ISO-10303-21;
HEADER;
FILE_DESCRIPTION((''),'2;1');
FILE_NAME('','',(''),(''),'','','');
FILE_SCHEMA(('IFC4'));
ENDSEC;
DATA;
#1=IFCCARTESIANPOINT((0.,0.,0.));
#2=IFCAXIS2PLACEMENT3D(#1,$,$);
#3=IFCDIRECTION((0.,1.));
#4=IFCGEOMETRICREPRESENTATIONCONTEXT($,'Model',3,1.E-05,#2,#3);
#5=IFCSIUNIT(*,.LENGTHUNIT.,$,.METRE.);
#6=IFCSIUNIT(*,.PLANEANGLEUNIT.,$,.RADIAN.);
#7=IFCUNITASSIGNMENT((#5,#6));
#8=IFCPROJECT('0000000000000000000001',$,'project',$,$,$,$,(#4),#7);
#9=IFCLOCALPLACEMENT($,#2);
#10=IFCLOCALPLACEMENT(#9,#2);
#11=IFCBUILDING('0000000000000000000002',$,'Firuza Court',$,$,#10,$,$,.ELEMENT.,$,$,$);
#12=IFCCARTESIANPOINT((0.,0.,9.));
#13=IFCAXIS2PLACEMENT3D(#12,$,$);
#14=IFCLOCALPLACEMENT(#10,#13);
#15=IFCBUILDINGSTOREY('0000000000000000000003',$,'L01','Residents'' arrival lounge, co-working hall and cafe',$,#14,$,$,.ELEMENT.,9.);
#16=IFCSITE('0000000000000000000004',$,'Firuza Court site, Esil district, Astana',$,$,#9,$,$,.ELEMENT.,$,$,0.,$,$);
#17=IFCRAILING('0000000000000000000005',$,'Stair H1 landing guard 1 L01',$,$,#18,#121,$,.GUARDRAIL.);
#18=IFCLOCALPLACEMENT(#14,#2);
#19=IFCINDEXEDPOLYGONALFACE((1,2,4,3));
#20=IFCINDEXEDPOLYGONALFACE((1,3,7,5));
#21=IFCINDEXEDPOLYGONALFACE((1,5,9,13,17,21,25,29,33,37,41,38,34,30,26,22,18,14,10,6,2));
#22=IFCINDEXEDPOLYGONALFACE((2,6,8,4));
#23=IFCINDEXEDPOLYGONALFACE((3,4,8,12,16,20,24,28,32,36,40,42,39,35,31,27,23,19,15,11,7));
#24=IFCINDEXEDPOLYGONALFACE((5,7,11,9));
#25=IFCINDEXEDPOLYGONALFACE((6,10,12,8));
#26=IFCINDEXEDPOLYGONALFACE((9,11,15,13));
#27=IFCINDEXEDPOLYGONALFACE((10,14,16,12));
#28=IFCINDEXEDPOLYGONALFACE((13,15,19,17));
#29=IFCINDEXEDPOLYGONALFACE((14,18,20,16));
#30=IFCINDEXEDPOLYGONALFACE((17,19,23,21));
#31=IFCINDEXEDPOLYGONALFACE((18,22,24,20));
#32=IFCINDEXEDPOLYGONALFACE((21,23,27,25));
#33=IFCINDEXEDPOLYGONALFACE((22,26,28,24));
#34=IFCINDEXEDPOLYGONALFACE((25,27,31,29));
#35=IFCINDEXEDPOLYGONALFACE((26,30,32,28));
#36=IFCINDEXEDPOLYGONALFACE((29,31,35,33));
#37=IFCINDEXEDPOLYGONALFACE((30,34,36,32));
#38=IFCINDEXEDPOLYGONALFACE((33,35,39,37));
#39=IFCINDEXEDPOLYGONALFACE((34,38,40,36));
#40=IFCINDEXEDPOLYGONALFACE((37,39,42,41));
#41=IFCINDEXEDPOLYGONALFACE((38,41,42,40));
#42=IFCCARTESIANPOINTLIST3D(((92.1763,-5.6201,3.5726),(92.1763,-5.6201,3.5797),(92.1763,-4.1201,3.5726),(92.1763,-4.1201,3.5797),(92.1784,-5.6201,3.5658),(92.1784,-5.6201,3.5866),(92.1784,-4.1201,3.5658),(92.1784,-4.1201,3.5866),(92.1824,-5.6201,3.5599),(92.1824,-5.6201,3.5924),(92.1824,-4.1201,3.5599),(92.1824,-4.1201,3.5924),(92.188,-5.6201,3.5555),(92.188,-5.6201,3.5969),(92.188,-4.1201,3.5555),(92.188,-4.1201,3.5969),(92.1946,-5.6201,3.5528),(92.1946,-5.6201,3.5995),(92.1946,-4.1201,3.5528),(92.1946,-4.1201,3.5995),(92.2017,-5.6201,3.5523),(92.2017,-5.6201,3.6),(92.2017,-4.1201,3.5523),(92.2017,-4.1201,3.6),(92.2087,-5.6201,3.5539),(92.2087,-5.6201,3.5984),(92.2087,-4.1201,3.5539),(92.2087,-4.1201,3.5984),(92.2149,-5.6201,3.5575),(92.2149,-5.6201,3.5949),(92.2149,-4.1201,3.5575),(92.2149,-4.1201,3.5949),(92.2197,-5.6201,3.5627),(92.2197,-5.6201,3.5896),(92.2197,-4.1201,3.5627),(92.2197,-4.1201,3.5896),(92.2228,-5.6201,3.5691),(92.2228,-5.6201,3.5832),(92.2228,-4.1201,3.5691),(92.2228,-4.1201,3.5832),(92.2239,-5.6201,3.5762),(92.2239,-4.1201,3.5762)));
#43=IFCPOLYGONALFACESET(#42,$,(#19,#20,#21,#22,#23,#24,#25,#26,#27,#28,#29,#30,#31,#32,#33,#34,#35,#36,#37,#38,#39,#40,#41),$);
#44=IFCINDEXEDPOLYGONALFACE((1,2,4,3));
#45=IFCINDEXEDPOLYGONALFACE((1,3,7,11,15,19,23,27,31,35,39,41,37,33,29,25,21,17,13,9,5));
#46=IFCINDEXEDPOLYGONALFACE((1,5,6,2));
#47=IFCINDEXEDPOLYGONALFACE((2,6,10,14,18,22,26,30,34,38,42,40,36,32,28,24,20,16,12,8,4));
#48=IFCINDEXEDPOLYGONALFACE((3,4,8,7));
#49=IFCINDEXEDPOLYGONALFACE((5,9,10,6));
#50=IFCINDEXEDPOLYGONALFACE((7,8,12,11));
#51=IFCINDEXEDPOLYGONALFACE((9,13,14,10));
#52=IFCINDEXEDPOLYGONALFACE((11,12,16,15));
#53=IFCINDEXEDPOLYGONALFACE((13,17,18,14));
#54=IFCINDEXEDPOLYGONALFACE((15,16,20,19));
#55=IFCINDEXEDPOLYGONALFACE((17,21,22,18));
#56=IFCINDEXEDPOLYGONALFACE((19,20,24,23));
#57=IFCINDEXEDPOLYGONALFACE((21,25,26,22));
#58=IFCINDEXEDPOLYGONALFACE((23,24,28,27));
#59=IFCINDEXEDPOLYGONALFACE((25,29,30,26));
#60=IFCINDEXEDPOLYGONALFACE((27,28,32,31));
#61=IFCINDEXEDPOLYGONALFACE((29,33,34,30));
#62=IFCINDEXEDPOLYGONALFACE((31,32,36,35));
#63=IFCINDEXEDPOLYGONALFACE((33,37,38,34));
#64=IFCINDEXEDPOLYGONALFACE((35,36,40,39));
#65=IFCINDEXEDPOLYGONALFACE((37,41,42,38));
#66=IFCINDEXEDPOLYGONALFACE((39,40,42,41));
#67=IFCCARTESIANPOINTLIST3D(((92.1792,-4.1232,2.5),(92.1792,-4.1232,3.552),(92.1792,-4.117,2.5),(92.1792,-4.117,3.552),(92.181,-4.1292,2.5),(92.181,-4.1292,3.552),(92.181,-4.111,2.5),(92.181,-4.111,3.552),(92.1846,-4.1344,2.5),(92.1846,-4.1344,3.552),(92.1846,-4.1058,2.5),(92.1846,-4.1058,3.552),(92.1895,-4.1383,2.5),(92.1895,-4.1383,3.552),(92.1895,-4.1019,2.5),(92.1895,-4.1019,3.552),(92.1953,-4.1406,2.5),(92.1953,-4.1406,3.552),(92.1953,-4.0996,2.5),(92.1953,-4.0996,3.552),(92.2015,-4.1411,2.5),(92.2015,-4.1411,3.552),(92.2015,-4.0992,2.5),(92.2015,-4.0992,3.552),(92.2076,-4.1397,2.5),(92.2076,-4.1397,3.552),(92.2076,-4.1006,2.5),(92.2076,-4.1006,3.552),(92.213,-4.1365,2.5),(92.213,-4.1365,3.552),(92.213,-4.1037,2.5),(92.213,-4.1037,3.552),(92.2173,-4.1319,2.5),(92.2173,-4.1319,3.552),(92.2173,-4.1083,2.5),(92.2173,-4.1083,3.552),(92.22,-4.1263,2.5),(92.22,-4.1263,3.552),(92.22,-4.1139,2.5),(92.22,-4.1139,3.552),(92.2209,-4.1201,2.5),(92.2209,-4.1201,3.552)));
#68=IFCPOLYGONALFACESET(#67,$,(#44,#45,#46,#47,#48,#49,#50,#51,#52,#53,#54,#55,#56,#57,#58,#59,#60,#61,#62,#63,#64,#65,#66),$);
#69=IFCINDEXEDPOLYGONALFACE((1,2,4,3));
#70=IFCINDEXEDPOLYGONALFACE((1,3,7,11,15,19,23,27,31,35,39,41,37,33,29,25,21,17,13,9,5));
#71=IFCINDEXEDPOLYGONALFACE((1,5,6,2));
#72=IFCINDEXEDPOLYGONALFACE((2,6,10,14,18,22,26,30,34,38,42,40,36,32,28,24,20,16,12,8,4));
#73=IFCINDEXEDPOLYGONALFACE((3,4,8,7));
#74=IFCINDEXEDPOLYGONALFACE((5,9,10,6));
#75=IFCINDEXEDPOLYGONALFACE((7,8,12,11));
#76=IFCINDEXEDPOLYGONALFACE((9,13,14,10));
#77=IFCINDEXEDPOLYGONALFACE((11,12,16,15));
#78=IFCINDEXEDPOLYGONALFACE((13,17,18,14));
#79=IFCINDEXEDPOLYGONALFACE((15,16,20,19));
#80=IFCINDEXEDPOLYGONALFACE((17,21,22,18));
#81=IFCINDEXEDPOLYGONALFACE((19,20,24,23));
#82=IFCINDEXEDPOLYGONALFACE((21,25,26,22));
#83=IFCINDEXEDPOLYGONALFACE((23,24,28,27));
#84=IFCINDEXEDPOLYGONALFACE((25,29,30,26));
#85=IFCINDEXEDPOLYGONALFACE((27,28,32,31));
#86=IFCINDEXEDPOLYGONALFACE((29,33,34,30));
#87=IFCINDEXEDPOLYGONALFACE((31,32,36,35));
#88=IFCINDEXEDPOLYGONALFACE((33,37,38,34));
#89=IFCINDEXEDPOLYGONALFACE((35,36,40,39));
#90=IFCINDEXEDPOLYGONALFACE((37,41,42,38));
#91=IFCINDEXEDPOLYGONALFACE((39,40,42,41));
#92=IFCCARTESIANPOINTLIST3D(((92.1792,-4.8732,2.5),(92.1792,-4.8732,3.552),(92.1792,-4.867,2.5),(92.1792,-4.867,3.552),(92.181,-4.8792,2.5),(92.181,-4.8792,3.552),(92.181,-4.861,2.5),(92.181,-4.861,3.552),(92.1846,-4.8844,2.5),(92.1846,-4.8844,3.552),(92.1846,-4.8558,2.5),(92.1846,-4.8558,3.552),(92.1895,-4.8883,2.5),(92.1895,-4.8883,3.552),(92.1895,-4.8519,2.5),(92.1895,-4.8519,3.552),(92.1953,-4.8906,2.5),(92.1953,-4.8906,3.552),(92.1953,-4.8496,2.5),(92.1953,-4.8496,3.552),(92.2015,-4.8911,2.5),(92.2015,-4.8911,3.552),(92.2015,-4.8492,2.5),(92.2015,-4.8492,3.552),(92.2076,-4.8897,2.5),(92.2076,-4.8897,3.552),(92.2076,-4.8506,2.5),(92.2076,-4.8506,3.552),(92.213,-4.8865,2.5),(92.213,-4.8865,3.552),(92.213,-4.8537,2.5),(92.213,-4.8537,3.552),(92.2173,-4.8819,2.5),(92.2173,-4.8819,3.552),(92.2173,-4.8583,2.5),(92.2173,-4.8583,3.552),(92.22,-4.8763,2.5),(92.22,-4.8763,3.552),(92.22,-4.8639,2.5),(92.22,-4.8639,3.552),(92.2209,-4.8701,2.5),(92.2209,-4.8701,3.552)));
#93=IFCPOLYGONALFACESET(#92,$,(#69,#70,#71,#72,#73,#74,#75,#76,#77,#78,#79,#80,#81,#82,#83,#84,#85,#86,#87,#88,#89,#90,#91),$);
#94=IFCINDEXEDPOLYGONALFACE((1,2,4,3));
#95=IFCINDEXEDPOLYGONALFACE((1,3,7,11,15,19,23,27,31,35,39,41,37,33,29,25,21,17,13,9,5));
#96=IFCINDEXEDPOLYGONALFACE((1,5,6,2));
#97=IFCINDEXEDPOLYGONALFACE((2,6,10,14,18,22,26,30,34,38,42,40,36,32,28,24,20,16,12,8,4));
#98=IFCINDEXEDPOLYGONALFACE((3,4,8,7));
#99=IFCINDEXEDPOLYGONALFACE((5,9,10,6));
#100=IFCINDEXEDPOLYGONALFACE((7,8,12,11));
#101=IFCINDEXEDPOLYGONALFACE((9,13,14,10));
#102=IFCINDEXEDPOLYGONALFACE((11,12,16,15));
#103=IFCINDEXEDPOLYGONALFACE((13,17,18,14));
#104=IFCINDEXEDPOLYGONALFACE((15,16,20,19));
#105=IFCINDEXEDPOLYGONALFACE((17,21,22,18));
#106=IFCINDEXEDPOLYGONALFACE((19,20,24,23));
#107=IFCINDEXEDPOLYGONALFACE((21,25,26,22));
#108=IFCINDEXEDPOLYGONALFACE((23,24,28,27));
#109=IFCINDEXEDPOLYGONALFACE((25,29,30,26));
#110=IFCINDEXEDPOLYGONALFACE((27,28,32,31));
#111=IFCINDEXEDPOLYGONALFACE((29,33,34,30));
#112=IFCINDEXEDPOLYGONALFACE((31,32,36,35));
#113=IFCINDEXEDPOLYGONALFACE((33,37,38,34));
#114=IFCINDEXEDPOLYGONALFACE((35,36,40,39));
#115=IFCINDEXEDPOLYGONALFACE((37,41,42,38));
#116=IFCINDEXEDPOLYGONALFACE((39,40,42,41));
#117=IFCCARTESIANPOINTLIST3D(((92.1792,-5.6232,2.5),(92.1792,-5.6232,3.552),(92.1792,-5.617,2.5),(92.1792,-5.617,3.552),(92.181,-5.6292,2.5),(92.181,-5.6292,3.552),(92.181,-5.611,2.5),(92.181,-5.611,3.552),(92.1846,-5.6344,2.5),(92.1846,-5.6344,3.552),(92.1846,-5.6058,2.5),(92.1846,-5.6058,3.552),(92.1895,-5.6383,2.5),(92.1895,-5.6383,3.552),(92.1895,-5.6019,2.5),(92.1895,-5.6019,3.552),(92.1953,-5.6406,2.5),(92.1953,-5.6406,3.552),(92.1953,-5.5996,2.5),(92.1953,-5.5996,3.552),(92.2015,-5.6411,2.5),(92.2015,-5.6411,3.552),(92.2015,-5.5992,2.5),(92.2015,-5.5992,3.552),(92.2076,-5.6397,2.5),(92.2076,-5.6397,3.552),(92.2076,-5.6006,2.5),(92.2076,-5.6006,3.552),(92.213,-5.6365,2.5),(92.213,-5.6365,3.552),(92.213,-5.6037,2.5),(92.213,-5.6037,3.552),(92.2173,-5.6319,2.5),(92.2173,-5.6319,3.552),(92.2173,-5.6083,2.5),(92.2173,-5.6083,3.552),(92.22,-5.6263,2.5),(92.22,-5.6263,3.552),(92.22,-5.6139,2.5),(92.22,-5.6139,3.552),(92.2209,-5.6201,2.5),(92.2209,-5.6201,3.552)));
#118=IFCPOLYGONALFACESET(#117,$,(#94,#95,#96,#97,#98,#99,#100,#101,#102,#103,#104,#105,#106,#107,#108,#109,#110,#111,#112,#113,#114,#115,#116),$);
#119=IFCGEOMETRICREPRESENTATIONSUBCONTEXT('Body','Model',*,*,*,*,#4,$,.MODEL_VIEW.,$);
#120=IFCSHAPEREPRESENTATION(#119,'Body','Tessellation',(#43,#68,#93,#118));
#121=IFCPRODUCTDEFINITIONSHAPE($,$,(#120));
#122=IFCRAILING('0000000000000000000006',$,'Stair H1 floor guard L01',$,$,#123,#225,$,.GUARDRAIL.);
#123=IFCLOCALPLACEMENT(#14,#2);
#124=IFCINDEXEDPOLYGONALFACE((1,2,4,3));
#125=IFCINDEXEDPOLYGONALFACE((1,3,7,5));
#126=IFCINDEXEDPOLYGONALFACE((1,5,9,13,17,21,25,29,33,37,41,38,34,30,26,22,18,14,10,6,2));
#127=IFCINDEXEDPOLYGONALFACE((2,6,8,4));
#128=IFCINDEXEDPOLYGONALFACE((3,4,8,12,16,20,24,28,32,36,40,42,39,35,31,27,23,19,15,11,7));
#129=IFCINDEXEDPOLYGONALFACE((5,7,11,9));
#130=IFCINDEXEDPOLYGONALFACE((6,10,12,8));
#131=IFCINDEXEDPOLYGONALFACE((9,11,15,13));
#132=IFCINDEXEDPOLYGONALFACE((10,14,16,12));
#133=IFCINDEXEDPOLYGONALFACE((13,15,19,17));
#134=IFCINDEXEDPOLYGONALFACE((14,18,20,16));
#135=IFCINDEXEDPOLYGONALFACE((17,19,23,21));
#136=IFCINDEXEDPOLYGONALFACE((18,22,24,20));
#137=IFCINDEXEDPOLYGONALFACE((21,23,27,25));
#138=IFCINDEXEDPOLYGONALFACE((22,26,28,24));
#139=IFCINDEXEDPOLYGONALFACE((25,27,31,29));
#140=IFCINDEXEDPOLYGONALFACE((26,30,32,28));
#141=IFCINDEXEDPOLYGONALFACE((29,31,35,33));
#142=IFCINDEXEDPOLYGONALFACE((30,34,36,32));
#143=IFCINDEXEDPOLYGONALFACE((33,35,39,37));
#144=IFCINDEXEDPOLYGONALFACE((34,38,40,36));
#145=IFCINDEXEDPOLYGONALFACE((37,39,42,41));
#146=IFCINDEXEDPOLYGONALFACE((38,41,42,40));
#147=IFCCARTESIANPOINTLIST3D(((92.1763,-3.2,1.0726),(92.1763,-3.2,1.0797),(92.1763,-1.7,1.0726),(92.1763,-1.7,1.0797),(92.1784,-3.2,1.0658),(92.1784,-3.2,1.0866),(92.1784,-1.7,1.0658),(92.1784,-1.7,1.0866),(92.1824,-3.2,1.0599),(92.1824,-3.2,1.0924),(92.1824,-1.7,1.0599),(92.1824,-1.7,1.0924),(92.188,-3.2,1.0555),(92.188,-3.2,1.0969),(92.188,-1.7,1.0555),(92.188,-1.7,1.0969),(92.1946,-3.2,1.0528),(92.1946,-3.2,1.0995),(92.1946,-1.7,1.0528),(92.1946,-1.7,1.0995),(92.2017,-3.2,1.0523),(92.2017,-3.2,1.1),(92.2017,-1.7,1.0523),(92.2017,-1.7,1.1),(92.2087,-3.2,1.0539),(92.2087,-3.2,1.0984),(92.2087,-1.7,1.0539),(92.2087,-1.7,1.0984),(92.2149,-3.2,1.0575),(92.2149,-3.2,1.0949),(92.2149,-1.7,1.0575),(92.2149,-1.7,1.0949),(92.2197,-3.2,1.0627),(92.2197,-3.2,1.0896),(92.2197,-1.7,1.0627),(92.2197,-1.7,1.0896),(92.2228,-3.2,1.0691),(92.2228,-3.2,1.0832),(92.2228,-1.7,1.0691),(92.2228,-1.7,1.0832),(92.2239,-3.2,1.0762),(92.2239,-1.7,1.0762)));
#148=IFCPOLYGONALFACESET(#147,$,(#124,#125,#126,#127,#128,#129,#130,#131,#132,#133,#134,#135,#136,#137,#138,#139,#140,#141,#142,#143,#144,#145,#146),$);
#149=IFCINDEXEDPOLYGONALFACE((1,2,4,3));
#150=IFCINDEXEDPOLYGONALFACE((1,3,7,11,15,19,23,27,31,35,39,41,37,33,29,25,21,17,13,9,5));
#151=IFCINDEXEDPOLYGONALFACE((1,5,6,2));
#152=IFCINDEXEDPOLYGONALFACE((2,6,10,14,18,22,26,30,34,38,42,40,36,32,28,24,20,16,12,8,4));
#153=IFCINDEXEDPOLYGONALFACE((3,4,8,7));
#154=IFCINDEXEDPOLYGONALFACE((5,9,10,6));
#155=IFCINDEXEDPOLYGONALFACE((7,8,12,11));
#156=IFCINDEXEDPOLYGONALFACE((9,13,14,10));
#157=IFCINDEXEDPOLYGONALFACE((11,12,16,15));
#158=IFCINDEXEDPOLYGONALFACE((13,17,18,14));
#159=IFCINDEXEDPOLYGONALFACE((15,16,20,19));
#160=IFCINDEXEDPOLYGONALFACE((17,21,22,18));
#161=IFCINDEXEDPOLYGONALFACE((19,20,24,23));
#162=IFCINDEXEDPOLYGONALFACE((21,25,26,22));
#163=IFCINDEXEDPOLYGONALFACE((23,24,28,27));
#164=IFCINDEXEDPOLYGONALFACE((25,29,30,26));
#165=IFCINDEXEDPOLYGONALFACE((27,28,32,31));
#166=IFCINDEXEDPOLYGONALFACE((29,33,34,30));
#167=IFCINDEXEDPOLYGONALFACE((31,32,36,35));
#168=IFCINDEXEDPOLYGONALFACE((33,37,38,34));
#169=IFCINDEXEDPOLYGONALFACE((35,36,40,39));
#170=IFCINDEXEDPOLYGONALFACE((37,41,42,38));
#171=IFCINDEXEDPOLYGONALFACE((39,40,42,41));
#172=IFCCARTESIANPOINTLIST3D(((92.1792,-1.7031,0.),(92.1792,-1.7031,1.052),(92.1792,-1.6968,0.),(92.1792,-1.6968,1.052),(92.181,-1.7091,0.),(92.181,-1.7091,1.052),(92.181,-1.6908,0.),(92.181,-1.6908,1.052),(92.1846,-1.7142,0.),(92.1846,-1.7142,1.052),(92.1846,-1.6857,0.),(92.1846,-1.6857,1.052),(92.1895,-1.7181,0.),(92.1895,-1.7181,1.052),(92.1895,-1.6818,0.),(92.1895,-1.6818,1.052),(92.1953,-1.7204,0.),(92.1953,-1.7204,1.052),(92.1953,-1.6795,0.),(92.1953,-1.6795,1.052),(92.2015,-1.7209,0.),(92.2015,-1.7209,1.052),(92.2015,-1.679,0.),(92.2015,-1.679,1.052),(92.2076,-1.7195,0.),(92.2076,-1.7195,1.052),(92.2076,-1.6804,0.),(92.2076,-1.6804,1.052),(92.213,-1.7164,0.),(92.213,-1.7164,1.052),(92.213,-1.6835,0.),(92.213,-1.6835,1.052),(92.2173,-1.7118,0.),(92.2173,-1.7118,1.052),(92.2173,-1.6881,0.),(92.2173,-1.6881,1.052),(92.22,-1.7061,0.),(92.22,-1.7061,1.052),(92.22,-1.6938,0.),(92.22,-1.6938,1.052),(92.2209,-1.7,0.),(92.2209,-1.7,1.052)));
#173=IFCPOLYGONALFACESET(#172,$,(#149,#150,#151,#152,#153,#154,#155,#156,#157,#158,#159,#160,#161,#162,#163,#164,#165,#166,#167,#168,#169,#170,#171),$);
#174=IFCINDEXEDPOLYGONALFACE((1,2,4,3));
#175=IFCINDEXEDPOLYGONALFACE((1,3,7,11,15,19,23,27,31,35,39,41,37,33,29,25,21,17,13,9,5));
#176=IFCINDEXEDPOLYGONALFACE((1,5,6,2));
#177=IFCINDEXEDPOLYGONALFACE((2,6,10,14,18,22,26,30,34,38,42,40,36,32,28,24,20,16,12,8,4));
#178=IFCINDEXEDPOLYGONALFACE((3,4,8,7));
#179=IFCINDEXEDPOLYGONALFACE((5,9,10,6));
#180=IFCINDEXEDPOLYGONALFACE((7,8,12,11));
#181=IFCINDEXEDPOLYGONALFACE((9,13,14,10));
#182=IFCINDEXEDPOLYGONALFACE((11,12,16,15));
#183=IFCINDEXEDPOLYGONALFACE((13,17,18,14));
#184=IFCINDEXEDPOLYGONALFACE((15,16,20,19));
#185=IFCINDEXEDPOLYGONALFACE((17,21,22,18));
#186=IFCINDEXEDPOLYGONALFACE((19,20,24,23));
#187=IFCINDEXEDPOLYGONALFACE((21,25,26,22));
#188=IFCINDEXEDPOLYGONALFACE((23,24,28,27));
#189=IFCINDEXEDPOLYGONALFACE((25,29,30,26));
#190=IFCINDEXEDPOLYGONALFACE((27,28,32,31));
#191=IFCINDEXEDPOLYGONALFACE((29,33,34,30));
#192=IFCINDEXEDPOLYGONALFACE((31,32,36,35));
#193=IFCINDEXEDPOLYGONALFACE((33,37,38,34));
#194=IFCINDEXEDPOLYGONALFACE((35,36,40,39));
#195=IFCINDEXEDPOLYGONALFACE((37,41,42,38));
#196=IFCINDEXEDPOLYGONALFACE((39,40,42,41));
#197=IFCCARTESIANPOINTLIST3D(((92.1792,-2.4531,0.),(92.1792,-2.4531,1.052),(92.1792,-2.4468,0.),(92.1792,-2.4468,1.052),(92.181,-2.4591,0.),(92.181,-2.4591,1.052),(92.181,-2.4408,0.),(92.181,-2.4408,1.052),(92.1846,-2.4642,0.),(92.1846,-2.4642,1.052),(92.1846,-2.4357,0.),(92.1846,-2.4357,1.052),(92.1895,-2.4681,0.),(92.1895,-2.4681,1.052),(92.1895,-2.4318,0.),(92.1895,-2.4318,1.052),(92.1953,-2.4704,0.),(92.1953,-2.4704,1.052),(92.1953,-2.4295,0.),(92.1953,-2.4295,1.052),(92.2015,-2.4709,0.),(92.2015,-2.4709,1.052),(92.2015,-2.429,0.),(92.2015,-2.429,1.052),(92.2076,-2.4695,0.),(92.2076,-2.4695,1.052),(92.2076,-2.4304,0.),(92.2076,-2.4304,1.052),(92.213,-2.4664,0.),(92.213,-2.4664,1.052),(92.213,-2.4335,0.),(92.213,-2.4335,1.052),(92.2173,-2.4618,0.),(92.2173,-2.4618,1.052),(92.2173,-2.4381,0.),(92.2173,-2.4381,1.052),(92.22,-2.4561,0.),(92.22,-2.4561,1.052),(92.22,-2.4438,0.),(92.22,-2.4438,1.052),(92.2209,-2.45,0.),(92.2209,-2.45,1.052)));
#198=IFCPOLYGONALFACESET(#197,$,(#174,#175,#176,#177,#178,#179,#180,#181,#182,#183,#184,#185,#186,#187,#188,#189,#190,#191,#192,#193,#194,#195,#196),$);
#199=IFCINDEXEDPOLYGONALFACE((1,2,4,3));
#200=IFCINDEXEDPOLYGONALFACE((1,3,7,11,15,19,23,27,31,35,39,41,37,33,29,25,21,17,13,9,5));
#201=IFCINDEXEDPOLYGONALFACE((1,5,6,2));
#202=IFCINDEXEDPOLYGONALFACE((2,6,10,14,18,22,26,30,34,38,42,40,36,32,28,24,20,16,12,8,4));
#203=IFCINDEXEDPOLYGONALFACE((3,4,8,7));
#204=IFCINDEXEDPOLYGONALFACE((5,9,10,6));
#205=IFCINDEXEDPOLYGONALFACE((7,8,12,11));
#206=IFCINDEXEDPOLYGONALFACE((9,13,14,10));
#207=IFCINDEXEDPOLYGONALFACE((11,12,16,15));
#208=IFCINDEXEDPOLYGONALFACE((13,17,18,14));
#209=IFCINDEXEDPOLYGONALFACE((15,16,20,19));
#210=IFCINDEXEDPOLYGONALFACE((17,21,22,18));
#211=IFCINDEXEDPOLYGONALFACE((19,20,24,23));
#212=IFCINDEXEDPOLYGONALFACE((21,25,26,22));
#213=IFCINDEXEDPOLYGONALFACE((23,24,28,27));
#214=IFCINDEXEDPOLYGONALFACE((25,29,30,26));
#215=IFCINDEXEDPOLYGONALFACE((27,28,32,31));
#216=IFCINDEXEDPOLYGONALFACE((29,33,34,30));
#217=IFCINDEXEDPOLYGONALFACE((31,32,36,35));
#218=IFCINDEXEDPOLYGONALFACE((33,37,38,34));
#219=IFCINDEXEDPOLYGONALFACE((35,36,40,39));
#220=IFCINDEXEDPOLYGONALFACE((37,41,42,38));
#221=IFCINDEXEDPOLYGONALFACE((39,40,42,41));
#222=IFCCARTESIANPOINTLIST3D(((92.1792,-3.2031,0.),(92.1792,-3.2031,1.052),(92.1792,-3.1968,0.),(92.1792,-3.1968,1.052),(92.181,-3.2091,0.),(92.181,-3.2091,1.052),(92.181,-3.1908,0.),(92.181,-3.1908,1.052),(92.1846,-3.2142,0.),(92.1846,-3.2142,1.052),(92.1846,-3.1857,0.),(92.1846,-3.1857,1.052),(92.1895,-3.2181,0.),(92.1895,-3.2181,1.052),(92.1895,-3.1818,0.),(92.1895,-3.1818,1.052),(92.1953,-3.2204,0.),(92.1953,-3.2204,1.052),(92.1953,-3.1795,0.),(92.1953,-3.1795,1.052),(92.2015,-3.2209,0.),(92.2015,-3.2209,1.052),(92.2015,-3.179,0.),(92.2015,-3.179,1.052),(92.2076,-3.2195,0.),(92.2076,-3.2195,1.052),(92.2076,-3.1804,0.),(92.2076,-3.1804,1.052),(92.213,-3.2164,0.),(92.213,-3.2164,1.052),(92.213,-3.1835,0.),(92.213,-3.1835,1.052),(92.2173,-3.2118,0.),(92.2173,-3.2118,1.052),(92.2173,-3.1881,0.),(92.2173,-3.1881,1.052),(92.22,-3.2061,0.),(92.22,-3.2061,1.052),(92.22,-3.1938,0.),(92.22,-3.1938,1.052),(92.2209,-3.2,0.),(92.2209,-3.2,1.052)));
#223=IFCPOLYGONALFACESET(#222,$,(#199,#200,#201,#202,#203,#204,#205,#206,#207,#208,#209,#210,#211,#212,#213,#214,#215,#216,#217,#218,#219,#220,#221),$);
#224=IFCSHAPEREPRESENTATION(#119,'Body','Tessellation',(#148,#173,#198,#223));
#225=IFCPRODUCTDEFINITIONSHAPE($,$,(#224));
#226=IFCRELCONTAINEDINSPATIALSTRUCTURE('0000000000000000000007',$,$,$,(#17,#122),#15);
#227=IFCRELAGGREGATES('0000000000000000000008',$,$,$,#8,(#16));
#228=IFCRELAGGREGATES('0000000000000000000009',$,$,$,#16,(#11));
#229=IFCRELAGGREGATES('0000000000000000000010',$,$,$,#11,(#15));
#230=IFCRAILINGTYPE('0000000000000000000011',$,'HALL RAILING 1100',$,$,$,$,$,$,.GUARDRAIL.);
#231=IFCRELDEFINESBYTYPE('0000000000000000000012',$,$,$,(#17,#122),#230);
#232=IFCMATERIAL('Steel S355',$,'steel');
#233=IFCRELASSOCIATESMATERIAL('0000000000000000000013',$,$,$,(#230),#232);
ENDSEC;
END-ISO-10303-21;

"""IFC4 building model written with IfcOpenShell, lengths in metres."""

from ifc_helpers import new_model, si_unit, direction, frame, origin, origin_2d, place, context, subcontext, project, spatial, circle, extrude, material, type_object, element, save


model = new_model("IFC4")

# Units and contexts
model_context = context("Model", 3, precision=1e-05, world=origin(), true_north=direction((0.0, 1.0)))
body_context = subcontext(model_context, "Body", "Model", "MODEL_VIEW")
ifc_project = project(units=[si_unit("LENGTHUNIT", "METRE"), si_unit("PLANEANGLEUNIT", "RADIAN")], contexts=[model_context])

# Site, building, storey
site_placement = place(None, origin())
site = spatial("IfcSite", under=ifc_project, at=site_placement, Name="Firuza Court site, Esil district, Astana", CompositionType="ELEMENT", RefElevation=0.0)
building_placement = place(site_placement, origin())
building = spatial("IfcBuilding", under=site, at=building_placement, Name="Firuza Court", CompositionType="ELEMENT")
storey_placement = place(building_placement, frame((0.0, 0.0, 9.0)))
storey = spatial("IfcBuildingStorey", under=building, at=storey_placement, Name="L01", Description="Residents' arrival lounge, co-working hall and cafe", CompositionType="ELEMENT", Elevation=9.0)

# Railings
ifc_material_1 = material(Name="Steel S355", Category="steel")
railing_type_1 = type_object("IfcRailingType", Name="HALL RAILING 1100", PredefinedType="GUARDRAIL", material=ifc_material_1)
for number, where, name in (
    (1, (92.2, -4.1201, 2.5), "Stair H1 landing guard 1 L01"),
    (2, (92.2, -1.7, 0.0), "Stair H1 floor guard L01"),
):
    element("IfcRailing", number, at=place(storey_placement, frame(where)), inside=storey, type_object=railing_type_1, Name=name, PredefinedType="GUARDRAIL", context=body_context, shape_type="SweptSolid", body=[
        extrude(circle(Radius=0.0239, at=origin_2d()), frame((0.0, 0.0, 1.0762), z_axis=(0.0, -1.0, 0.0), x_axis=(1.0, 0.0, 0.0)), (0.0, 0.0, 1.0), 1.5),
        extrude(circle(Radius=0.021, at=origin_2d()), origin(), (0.0, 0.0, 1.0), 1.052),
        extrude(circle(Radius=0.021, at=origin_2d()), frame((0.0, -0.75, 0.0)), (0.0, 0.0, 1.0), 1.052),
        extrude(circle(Radius=0.021, at=origin_2d()), frame((0.0, -1.5, 0.0)), (0.0, 0.0, 1.0), 1.052),
    ])

save(model, "model.ifc")
